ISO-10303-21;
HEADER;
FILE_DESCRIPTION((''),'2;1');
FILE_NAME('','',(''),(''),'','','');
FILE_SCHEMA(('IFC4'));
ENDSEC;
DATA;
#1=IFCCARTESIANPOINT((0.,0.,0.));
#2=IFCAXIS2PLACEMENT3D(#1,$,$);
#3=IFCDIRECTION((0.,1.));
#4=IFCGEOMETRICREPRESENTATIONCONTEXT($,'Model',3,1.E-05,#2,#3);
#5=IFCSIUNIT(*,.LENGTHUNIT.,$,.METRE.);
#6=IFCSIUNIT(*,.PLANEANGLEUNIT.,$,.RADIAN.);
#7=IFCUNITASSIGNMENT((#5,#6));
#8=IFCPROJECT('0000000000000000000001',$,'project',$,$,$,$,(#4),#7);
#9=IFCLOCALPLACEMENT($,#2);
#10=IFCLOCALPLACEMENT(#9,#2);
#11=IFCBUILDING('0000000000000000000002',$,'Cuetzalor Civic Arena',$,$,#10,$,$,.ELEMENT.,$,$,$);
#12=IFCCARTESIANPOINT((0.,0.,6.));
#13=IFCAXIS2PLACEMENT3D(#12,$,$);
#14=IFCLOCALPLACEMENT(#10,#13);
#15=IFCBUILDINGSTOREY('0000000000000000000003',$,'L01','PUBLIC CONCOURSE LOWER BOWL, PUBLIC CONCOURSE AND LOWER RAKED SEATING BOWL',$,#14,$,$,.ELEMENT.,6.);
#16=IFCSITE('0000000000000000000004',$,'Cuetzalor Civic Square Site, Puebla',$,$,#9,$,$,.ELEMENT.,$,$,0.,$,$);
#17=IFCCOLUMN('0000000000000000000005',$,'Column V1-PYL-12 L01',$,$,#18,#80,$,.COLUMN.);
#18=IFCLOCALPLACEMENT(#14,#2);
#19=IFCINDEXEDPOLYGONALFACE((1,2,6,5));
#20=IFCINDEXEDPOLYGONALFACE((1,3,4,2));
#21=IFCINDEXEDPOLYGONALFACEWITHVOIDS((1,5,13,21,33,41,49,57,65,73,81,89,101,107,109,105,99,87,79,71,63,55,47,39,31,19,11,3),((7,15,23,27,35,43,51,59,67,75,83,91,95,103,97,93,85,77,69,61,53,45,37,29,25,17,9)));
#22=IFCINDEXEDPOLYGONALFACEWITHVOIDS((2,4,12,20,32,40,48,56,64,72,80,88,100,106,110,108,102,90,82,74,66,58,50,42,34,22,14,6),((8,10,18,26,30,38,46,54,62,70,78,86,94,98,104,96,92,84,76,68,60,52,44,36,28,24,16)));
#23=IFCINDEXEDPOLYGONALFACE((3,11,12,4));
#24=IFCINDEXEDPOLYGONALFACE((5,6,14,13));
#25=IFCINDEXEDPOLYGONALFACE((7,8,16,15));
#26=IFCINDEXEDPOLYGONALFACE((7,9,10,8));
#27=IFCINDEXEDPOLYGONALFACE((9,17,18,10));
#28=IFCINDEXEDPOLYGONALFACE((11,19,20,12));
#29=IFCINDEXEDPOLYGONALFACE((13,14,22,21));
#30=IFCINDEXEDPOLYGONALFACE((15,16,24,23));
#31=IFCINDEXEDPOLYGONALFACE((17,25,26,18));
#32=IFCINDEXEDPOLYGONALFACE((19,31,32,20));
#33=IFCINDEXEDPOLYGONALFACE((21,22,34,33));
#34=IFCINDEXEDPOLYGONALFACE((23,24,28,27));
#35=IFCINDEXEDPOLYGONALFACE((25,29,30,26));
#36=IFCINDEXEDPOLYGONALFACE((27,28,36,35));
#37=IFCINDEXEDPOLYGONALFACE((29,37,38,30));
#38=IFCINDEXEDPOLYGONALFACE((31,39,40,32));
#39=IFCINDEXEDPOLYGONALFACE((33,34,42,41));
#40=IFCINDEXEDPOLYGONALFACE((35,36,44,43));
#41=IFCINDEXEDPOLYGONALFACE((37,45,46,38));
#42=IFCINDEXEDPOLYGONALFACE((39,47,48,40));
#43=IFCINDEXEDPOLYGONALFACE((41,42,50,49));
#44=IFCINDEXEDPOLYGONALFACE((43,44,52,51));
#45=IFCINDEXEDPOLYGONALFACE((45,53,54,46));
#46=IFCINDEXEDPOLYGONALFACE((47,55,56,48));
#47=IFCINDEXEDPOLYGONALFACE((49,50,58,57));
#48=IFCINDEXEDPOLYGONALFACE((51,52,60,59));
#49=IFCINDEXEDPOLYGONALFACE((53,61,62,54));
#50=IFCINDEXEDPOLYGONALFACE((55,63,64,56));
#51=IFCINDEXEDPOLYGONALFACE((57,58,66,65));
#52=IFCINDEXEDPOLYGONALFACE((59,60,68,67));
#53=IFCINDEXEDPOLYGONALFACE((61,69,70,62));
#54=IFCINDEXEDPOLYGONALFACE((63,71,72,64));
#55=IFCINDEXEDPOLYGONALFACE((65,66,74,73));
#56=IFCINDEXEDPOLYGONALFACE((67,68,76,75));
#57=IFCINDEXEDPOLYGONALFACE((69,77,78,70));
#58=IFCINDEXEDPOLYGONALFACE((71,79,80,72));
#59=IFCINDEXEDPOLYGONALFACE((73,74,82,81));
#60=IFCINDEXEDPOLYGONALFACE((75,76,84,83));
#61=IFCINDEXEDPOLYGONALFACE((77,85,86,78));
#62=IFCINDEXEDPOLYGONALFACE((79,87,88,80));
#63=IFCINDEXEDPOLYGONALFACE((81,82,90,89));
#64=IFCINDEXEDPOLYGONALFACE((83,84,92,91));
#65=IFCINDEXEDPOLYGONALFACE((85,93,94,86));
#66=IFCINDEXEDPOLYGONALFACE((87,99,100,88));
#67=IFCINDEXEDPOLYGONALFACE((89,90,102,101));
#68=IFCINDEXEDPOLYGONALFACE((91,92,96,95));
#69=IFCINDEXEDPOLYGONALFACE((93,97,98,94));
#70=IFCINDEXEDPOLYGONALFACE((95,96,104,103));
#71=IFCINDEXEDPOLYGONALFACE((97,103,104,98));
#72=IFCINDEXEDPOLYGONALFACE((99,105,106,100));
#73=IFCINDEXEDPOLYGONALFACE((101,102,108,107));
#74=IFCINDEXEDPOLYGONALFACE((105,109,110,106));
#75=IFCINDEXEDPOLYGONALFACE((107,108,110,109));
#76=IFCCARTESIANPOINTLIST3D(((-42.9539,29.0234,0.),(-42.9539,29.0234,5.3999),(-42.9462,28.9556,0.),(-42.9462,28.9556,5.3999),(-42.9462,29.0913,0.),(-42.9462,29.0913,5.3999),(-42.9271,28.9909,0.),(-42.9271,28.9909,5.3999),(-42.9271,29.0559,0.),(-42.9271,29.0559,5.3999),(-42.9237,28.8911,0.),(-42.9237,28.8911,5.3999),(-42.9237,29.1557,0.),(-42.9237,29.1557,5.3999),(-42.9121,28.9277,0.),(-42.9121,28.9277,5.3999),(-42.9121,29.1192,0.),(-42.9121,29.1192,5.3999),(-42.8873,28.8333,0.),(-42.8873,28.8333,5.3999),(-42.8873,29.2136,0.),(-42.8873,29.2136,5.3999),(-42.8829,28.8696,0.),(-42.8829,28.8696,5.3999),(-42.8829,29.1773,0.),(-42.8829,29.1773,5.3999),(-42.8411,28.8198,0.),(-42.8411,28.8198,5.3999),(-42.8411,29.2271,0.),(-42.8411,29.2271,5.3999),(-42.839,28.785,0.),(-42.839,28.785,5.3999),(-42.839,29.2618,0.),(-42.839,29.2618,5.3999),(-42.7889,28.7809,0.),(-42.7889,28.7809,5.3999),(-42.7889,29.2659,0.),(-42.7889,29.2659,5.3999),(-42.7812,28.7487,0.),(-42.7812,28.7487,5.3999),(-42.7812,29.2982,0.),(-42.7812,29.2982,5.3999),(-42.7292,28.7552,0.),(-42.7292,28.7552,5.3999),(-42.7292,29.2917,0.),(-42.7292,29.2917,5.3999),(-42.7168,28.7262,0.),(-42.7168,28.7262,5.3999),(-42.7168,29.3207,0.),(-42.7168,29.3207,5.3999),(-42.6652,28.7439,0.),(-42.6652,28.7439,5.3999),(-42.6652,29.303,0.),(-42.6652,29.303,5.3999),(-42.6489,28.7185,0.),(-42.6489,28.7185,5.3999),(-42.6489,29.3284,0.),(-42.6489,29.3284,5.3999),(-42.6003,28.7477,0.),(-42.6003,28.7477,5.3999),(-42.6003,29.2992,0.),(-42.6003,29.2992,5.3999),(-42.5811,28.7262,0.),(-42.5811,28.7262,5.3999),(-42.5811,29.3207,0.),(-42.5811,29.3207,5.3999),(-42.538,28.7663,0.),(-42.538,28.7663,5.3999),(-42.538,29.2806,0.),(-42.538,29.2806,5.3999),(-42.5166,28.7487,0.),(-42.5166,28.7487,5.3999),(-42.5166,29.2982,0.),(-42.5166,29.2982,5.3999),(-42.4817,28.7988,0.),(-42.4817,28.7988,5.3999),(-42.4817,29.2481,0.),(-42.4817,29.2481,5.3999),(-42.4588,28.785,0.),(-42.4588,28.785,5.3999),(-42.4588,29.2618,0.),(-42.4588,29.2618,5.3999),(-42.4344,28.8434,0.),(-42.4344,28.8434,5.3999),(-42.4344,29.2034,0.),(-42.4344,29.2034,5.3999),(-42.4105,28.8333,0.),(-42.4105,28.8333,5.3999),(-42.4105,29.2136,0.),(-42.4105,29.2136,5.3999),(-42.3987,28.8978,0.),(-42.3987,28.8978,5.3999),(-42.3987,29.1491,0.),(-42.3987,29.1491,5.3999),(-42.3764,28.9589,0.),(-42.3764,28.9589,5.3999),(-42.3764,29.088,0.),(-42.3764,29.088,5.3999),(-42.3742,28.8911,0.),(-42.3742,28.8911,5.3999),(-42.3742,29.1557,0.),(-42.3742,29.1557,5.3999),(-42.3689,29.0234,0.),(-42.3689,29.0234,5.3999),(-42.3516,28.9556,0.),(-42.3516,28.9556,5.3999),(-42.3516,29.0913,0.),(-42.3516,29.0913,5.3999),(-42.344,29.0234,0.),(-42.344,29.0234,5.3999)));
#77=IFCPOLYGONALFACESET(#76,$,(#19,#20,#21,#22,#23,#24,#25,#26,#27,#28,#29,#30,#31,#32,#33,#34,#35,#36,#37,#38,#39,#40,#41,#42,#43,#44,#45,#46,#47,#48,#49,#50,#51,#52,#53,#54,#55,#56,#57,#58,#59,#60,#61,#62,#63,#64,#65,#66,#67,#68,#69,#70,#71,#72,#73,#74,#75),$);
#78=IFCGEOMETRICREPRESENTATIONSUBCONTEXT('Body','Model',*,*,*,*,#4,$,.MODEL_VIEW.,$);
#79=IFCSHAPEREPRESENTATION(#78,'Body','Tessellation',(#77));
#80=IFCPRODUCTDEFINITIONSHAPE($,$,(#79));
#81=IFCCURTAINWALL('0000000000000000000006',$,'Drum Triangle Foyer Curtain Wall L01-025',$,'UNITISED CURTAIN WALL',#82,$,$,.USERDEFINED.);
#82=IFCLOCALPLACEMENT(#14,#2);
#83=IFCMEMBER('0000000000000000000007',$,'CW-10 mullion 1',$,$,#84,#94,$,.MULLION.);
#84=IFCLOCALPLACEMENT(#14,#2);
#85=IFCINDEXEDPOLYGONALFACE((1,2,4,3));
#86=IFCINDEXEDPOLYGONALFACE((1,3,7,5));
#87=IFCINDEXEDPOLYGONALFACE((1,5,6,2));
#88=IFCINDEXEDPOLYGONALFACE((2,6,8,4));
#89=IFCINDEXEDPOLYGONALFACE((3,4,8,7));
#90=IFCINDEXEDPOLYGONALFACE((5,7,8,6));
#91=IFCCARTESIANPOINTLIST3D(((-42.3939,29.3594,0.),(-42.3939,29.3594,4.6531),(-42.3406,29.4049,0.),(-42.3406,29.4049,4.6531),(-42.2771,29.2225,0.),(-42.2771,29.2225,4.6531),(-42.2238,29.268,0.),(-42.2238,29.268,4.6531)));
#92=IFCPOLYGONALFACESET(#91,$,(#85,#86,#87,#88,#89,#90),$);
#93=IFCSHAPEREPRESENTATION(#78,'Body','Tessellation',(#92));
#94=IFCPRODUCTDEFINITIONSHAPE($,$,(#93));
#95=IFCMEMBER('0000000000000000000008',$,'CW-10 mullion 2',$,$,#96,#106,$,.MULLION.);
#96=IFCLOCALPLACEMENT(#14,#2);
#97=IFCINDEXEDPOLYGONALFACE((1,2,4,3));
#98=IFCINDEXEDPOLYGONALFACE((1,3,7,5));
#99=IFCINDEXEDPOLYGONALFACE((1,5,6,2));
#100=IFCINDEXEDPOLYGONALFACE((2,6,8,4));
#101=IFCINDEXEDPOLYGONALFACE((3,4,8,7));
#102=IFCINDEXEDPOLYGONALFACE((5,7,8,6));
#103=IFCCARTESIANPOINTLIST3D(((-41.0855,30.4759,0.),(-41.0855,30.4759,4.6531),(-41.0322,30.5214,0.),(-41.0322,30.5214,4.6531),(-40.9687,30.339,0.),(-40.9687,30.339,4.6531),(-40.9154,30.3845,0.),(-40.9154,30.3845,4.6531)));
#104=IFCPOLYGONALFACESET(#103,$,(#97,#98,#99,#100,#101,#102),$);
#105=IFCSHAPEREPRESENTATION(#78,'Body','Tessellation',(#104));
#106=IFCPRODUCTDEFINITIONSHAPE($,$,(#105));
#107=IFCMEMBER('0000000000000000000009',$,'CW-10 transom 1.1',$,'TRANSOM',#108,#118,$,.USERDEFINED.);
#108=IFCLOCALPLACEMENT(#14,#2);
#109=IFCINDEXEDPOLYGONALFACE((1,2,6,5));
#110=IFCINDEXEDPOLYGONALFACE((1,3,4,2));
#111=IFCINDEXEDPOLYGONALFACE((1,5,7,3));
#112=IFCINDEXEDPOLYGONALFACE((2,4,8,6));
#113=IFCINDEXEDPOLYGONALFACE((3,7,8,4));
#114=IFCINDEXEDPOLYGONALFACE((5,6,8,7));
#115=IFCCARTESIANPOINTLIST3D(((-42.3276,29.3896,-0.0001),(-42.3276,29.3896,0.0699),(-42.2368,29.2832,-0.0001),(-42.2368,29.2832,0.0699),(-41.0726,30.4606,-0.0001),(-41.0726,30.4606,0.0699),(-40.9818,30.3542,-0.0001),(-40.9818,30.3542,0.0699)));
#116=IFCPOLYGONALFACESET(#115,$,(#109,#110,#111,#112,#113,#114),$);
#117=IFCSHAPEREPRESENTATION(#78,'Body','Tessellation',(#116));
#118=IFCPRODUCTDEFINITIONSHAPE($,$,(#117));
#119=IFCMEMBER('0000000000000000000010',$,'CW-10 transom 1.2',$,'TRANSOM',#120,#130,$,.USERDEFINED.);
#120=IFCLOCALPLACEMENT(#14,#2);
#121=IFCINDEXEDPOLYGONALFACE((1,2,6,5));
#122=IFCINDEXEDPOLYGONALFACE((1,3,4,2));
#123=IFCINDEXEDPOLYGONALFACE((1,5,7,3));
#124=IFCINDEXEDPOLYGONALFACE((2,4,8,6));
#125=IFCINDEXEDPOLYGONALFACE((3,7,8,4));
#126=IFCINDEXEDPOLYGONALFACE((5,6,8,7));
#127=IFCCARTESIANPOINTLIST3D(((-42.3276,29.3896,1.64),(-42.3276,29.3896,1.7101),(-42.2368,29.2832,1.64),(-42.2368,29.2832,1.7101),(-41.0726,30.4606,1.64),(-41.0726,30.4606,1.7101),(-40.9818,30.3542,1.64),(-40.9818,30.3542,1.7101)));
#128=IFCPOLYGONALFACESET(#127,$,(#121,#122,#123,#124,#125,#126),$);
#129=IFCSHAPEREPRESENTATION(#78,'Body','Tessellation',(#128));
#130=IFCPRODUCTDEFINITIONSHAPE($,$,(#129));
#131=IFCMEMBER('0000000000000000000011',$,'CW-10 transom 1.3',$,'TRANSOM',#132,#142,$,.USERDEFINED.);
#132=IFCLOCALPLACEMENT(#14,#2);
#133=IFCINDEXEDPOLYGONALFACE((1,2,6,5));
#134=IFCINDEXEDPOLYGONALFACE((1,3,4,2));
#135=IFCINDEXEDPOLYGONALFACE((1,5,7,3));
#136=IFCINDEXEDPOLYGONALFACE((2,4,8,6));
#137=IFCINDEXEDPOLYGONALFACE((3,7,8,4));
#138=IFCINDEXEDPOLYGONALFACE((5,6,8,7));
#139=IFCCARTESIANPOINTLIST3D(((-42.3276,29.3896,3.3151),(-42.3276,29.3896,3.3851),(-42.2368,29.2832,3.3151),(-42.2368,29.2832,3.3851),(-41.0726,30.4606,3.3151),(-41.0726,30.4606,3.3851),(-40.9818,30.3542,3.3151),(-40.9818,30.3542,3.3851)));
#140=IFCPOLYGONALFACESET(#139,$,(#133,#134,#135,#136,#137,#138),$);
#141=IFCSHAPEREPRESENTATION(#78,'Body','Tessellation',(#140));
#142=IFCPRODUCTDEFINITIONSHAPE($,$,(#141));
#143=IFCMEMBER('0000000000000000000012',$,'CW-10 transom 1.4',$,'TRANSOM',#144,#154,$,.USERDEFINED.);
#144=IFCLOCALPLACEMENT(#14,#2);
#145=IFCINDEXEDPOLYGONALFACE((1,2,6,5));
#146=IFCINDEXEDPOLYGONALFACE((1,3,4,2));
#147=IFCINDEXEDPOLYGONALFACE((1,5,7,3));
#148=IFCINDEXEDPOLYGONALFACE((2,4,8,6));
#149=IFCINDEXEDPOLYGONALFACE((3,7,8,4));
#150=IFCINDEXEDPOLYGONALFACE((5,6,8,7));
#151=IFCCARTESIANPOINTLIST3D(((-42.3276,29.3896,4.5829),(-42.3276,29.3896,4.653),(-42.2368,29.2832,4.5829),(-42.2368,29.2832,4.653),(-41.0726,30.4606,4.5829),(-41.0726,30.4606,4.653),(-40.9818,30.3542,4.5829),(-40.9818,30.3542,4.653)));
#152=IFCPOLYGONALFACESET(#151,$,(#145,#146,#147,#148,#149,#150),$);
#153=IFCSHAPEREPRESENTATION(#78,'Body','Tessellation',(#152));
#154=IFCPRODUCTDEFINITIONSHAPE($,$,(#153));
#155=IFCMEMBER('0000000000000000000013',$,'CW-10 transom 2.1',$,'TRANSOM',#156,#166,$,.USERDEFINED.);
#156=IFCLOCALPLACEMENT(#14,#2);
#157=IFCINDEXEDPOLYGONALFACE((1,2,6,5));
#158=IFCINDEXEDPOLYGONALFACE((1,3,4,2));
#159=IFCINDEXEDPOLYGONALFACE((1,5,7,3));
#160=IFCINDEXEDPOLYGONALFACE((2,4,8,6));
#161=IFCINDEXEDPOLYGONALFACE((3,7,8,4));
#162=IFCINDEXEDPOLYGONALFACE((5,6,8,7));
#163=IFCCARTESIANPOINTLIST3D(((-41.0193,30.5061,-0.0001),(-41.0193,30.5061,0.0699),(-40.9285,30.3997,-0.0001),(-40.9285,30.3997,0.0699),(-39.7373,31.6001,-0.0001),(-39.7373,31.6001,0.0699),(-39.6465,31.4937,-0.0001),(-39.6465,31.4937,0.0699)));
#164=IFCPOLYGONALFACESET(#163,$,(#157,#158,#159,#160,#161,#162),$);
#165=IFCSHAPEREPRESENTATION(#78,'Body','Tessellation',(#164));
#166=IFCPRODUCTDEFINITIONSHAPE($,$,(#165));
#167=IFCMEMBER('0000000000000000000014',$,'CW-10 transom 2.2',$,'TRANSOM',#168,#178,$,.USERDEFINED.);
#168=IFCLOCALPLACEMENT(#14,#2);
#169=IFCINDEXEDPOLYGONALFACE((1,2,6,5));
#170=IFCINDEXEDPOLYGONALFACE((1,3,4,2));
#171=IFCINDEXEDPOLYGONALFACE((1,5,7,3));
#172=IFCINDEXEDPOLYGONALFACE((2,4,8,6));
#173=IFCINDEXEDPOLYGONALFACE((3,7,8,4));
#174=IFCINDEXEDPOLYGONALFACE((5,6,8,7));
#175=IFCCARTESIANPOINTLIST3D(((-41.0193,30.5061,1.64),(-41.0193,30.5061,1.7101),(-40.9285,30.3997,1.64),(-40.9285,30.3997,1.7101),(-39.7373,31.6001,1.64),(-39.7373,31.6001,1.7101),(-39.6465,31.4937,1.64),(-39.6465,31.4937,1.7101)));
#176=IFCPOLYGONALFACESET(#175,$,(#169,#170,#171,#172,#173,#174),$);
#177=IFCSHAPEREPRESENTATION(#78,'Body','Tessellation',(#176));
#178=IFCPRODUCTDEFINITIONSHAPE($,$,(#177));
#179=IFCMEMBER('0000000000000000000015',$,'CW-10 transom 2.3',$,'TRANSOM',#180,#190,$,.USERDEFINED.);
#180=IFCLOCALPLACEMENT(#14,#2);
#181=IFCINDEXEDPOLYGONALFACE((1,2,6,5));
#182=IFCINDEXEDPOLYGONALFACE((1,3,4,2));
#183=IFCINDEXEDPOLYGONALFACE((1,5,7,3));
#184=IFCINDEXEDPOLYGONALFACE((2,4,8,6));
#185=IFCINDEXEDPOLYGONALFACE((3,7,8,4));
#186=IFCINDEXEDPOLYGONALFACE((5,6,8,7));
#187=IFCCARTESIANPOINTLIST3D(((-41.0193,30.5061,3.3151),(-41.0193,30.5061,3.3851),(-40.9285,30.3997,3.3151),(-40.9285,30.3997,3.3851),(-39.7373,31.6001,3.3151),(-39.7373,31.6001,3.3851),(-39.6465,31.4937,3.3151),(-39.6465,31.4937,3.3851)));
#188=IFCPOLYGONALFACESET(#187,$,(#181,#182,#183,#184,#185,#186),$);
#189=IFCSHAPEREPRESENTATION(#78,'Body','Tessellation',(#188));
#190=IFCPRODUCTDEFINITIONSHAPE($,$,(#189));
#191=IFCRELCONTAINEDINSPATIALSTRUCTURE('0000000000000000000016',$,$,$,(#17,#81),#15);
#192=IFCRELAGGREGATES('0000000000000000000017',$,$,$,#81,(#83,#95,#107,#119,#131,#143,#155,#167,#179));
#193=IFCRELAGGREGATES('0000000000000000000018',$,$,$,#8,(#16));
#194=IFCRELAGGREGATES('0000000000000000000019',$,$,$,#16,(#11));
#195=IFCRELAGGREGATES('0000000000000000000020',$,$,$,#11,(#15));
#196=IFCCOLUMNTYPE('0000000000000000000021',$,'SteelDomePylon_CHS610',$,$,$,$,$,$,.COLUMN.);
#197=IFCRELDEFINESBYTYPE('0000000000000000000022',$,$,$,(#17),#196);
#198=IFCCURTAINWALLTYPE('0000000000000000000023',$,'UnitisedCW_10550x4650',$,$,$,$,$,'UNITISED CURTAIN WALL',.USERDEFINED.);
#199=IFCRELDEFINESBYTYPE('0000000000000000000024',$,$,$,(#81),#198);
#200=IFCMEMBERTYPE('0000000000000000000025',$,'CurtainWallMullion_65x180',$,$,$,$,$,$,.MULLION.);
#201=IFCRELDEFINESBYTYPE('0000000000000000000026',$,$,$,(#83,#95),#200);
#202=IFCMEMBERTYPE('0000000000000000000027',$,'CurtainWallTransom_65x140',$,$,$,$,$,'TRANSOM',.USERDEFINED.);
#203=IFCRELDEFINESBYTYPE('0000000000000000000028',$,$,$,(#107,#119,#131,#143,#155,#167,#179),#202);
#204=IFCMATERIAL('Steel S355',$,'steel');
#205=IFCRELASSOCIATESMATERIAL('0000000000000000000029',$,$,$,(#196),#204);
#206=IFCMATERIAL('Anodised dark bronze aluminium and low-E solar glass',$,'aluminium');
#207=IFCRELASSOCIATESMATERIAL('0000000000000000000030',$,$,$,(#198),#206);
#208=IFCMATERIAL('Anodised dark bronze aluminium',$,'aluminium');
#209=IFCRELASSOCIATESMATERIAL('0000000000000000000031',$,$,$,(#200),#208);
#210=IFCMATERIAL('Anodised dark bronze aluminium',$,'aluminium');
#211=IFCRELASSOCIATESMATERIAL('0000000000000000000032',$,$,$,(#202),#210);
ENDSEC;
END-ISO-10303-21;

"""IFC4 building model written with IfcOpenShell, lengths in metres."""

from ifc_helpers import new_model, si_unit, direction, frame, origin, origin_2d, place, context, subcontext, project, spatial, rectangle, hollow_circle, extrude, material, material_profile, profile_set, type_object, element, aggregate, save


model = new_model("IFC4")

# Units and contexts
model_context = context("Model", 3, precision=1e-05, world=origin(), true_north=direction((0.0, 1.0)))
body_context = subcontext(model_context, "Body", "Model", "MODEL_VIEW")
ifc_project = project(units=[si_unit("LENGTHUNIT", "METRE"), si_unit("PLANEANGLEUNIT", "RADIAN")], contexts=[model_context])

# Site, building, storey
site_placement = place(None, origin())
site = spatial("IfcSite", under=ifc_project, at=site_placement, Name="Cuetzalor Civic Square Site, Puebla", CompositionType="ELEMENT", RefElevation=0.0)
building_placement = place(site_placement, origin())
building = spatial("IfcBuilding", under=site, at=building_placement, Name="Cuetzalor Civic Arena", CompositionType="ELEMENT")
storey_placement = place(building_placement, frame((0.0, 0.0, 6.0)))
storey = spatial("IfcBuildingStorey", under=building, at=storey_placement, Name="L01", Description="PUBLIC CONCOURSE LOWER BOWL, PUBLIC CONCOURSE AND LOWER RAKED SEATING BOWL", CompositionType="ELEMENT", Elevation=6.0)

# Column
ifc_material_1 = material(Name="Steel S355", Category="steel")
ifc_material_profile_1 = material_profile(ifc_material_1, hollow_circle(Radius=0.3049, WallThickness=0.0249, at=origin_2d()), Name="CHS 610x25")
ifc_profile_set_1 = profile_set([ifc_material_profile_1], Name="Steel S355")
column_type = type_object("IfcColumnType", Name="SteelDomePylon_CHS610", PredefinedType="COLUMN", material=ifc_profile_set_1)
column_placement = place(storey_placement, frame((-42.6489, 29.0234, 0.0), z_axis=(0.0, 0.0, 1.0), x_axis=(1.0, 0.0, 0.0)))
element("IfcColumn", 1, at=column_placement, inside=storey, type_object=column_type, Name="Column V1-PYL-12 L01", PredefinedType="COLUMN", context=body_context, shape_type="SweptSolid", body=[
    extrude(hollow_circle(Radius=0.3049, WallThickness=0.0249, at=origin_2d()), origin(), (0.0, 0.0, 1.0), 5.3999),
])

# Curtain wall, members
ifc_material_2 = material(Name="Anodised dark bronze aluminium and low-E solar glass", Category="aluminium")
curtain_wall_type = type_object("IfcCurtainWallType", Name="UnitisedCW_10550x4650", ElementType="UNITISED CURTAIN WALL", PredefinedType="USERDEFINED", material=ifc_material_2)
curtain_wall_placement = place(storey_placement, origin())
curtain_wall = element("IfcCurtainWall", 2, at=curtain_wall_placement, inside=storey, type_object=curtain_wall_type, Name="Drum Triangle Foyer Curtain Wall L01-025", ObjectType="UNITISED CURTAIN WALL", PredefinedType="USERDEFINED")
ifc_material_3 = material(Name="Anodised dark bronze aluminium", Category="aluminium")
ifc_material_profile_2 = material_profile(ifc_material_3, rectangle(XDim=0.0701, YDim=0.1799, at=origin_2d()), Name="ALU MULLION 70x180")
ifc_profile_set_2 = profile_set([ifc_material_profile_2], Name="Anodised dark bronze aluminium")
member_type_1 = type_object("IfcMemberType", Name="CurtainWallMullion_65x180", PredefinedType="MULLION", material=ifc_profile_set_2)
member_1_placement = place(storey_placement, frame((-42.3088, 29.3137, 0.0), z_axis=(0.0, 0.0, 1.0), x_axis=(0.760677, 0.64913, 0.0)))
member_1 = element("IfcMember", 3, at=member_1_placement, type_object=member_type_1, Name="CW-10 mullion 1", PredefinedType="MULLION", context=body_context, shape_type="SweptSolid", body=[
    extrude(rectangle(XDim=0.0701, YDim=0.1799, at=origin_2d()), origin(), (0.0, 0.0, 1.0), 4.6531),
])
member_2_placement = place(storey_placement, frame((-41.0005, 30.4302, 0.0), z_axis=(0.0, 0.0, 1.0), x_axis=(0.760677, 0.64913, 0.0)))
member_2 = element("IfcMember", 4, at=member_2_placement, type_object=member_type_1, Name="CW-10 mullion 2", PredefinedType="MULLION", context=body_context, shape_type="SweptSolid", body=[
    extrude(rectangle(XDim=0.0701, YDim=0.1799, at=origin_2d()), origin(), (0.0, 0.0, 1.0), 4.6531),
])
ifc_material_4 = material(Name="Anodised dark bronze aluminium", Category="aluminium")
ifc_material_profile_3 = material_profile(ifc_material_4, rectangle(XDim=0.1399, YDim=0.0701, at=origin_2d()), Name="ALU TRANSOM 70x140")
ifc_profile_set_3 = profile_set([ifc_material_profile_3], Name="Anodised dark bronze aluminium")
member_type_2 = type_object("IfcMemberType", Name="CurtainWallTransom_65x140", ElementType="TRANSOM", PredefinedType="USERDEFINED", material=ifc_profile_set_3)
member_3_placement = place(storey_placement, frame((-42.2822, 29.3364, 0.0349), z_axis=(0.760686, 0.64912, 0.0), x_axis=(-0.64912, 0.760686, 0.0)))
member_3 = element("IfcMember", 5, at=member_3_placement, type_object=member_type_2, Name="CW-10 transom 1.1", ObjectType="TRANSOM", PredefinedType="USERDEFINED", context=body_context, shape_type="SweptSolid", body=[
    extrude(rectangle(XDim=0.1399, YDim=0.0701, at=origin_2d()), origin(), (0.0, 0.0, 1.0), 1.6499),
])
member_4_placement = place(storey_placement, frame((-42.2822, 29.3364, 1.675), z_axis=(0.760686, 0.64912, 0.0), x_axis=(-0.64912, 0.760686, 0.0)))
member_4 = element("IfcMember", 6, at=member_4_placement, type_object=member_type_2, Name="CW-10 transom 1.2", ObjectType="TRANSOM", PredefinedType="USERDEFINED", context=body_context, shape_type="SweptSolid", body=[
    extrude(rectangle(XDim=0.1399, YDim=0.0701, at=origin_2d()), origin(), (0.0, 0.0, 1.0), 1.6499),
])
member_5_placement = place(storey_placement, frame((-42.2822, 29.3364, 3.3501), z_axis=(0.760686, 0.64912, 0.0), x_axis=(-0.64912, 0.760686, 0.0)))
member_5 = element("IfcMember", 7, at=member_5_placement, type_object=member_type_2, Name="CW-10 transom 1.3", ObjectType="TRANSOM", PredefinedType="USERDEFINED", context=body_context, shape_type="SweptSolid", body=[
    extrude(rectangle(XDim=0.1399, YDim=0.0701, at=origin_2d()), origin(), (0.0, 0.0, 1.0), 1.6499),
])
member_6_placement = place(storey_placement, frame((-42.2822, 29.3364, 4.6179), z_axis=(0.760686, 0.64912, 0.0), x_axis=(-0.64912, 0.760686, 0.0)))
member_6 = element("IfcMember", 8, at=member_6_placement, type_object=member_type_2, Name="CW-10 transom 1.4", ObjectType="TRANSOM", PredefinedType="USERDEFINED", context=body_context, shape_type="SweptSolid", body=[
    extrude(rectangle(XDim=0.1399, YDim=0.0701, at=origin_2d()), origin(), (0.0, 0.0, 1.0), 1.6499),
])
member_7_placement = place(storey_placement, frame((-40.9739, 30.4529, 0.0349), z_axis=(0.760676, 0.649132, 0.0), x_axis=(-0.649132, 0.760676, 0.0)))
member_7 = element("IfcMember", 9, at=member_7_placement, type_object=member_type_2, Name="CW-10 transom 2.1", ObjectType="TRANSOM", PredefinedType="USERDEFINED", context=body_context, shape_type="SweptSolid", body=[
    extrude(rectangle(XDim=0.1399, YDim=0.0701, at=origin_2d()), origin(), (0.0, 0.0, 1.0), 1.6853),
])
member_8_placement = place(storey_placement, frame((-40.9739, 30.4529, 1.675), z_axis=(0.760676, 0.649132, 0.0), x_axis=(-0.649132, 0.760676, 0.0)))
member_8 = element("IfcMember", 10, at=member_8_placement, type_object=member_type_2, Name="CW-10 transom 2.2", ObjectType="TRANSOM", PredefinedType="USERDEFINED", context=body_context, shape_type="SweptSolid", body=[
    extrude(rectangle(XDim=0.1399, YDim=0.0701, at=origin_2d()), origin(), (0.0, 0.0, 1.0), 1.6853),
])
member_9_placement = place(storey_placement, frame((-40.9739, 30.4529, 3.3501), z_axis=(0.760676, 0.649132, 0.0), x_axis=(-0.649132, 0.760676, 0.0)))
member_9 = element("IfcMember", 11, at=member_9_placement, type_object=member_type_2, Name="CW-10 transom 2.3", ObjectType="TRANSOM", PredefinedType="USERDEFINED", context=body_context, shape_type="SweptSolid", body=[
    extrude(rectangle(XDim=0.1399, YDim=0.0701, at=origin_2d()), origin(), (0.0, 0.0, 1.0), 1.6853),
])

aggregate(curtain_wall, [member_1, member_2, member_3, member_4, member_5, member_6, member_7, member_8, member_9])

save(model, "model.ifc")
